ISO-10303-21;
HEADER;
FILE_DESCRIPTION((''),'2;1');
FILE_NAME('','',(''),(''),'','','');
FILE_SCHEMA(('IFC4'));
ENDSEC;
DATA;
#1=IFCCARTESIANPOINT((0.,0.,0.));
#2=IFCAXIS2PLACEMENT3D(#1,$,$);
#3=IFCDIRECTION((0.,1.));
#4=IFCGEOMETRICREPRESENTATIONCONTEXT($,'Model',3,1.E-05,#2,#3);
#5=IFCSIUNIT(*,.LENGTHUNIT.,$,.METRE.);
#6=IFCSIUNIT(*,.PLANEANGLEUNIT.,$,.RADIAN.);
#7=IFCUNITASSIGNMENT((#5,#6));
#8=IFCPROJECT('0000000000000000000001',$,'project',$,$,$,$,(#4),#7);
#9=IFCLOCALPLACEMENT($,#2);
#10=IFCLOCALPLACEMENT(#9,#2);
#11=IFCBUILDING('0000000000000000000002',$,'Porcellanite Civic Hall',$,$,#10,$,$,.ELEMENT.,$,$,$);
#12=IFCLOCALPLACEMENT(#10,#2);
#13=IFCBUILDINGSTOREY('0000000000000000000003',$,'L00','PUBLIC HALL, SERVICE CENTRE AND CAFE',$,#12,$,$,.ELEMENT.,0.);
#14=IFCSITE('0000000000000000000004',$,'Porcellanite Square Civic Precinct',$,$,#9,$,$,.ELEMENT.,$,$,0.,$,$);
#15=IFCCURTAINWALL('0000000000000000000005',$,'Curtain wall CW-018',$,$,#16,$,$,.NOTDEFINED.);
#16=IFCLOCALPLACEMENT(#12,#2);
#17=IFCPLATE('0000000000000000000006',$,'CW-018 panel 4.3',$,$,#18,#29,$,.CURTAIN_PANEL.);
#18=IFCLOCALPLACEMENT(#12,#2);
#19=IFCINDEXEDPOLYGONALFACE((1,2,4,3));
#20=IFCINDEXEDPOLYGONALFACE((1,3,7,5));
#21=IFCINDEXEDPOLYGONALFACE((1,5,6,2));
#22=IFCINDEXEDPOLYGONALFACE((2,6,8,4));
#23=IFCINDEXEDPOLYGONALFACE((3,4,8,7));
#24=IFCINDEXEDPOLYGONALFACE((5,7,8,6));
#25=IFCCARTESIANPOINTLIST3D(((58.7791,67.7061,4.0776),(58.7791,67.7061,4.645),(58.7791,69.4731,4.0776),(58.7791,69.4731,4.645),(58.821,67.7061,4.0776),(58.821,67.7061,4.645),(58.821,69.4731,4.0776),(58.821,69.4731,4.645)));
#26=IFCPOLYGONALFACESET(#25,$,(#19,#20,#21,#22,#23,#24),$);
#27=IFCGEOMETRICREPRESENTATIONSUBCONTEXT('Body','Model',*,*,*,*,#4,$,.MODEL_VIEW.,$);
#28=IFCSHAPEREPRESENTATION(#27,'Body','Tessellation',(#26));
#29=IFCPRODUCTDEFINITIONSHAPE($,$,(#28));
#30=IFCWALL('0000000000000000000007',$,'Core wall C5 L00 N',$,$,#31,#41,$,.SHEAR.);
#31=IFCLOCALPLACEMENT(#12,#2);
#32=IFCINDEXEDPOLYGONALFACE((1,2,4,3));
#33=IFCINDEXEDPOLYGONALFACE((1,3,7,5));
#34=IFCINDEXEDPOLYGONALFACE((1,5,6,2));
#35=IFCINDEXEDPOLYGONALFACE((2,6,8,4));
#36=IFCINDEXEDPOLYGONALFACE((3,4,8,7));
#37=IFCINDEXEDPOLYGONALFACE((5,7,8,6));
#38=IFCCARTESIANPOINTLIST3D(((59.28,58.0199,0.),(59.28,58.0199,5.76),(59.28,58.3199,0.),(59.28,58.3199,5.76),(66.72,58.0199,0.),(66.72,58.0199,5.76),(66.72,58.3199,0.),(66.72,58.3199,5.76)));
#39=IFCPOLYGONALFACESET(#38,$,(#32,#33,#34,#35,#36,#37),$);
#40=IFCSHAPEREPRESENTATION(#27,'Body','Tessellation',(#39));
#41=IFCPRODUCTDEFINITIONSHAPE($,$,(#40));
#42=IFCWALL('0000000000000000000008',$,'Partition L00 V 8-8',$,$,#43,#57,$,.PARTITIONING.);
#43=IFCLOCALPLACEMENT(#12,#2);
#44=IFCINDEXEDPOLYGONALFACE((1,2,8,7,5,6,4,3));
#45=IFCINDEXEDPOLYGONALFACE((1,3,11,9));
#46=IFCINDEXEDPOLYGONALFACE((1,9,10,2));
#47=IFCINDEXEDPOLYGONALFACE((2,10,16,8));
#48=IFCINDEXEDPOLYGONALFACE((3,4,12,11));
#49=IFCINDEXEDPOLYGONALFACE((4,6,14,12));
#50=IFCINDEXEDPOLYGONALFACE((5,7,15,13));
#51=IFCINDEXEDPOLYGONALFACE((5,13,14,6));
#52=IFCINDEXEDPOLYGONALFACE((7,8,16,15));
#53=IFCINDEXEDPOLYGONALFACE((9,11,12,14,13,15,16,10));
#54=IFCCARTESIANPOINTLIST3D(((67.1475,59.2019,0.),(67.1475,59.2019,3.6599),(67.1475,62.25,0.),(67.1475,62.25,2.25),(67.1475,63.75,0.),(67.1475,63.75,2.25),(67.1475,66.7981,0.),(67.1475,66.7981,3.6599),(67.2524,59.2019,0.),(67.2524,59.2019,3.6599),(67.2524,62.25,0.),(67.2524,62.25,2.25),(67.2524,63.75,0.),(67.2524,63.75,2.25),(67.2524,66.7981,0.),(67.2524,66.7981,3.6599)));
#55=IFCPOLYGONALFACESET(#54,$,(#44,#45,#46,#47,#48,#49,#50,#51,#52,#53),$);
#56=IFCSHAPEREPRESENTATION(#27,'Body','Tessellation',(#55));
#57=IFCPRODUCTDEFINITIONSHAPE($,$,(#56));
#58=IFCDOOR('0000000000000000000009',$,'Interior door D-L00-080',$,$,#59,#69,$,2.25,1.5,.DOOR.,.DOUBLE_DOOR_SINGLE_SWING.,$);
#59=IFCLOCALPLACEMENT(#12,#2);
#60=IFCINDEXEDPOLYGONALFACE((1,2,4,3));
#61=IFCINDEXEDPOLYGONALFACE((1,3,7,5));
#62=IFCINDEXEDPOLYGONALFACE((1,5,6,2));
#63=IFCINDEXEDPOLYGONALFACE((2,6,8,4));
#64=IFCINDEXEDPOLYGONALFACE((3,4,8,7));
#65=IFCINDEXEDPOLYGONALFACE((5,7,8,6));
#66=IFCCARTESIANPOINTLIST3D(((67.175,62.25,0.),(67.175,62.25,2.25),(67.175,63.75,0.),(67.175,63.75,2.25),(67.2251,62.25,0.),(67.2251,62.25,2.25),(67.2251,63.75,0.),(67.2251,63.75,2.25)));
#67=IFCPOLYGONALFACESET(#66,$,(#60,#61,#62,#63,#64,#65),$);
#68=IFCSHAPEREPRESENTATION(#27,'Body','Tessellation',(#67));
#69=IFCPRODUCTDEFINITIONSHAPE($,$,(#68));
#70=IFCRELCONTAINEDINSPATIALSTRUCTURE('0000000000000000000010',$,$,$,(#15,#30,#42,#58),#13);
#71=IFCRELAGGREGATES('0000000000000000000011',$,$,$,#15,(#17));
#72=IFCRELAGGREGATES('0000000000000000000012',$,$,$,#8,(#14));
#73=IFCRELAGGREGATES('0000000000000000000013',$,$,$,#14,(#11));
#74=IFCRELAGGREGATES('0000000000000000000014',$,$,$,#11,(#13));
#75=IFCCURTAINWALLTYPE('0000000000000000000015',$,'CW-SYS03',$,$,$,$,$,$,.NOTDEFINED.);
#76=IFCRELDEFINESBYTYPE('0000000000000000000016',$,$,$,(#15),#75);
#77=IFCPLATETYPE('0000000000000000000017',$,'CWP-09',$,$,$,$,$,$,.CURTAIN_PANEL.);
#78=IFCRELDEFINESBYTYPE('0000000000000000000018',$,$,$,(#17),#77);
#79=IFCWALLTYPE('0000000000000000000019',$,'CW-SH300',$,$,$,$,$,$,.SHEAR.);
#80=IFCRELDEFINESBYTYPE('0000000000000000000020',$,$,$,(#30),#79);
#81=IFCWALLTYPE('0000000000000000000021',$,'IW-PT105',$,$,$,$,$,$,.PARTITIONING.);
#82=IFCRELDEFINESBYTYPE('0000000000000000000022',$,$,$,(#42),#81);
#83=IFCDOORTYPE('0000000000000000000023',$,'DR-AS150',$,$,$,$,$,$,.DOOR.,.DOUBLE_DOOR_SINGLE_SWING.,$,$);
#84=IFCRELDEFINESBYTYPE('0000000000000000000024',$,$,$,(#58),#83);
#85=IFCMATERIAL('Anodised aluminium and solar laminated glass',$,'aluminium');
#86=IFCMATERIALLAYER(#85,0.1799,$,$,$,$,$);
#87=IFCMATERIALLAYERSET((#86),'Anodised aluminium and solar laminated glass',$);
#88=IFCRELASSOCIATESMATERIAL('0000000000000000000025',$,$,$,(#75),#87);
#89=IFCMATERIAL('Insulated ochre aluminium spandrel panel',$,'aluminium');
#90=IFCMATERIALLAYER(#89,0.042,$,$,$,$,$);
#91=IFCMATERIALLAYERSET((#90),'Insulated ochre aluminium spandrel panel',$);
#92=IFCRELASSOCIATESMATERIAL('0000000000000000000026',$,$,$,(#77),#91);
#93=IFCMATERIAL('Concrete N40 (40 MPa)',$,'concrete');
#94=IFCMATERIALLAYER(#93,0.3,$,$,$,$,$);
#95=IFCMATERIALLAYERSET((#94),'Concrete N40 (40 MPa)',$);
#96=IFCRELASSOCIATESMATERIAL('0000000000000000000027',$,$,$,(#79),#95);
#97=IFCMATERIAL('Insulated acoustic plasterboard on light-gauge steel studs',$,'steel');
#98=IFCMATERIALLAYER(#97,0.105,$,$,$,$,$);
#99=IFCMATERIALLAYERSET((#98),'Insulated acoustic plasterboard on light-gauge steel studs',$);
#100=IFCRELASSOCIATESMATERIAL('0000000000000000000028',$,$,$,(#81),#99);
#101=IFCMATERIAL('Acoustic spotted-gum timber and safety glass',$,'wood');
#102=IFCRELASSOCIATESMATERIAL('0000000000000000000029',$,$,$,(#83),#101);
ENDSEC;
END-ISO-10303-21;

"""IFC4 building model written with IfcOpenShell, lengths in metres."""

from ifc_helpers import new_model, si_unit, direction, frame, frame_2d, origin, origin_2d, place, context, subcontext, project, spatial, rectangle, extrude, material, layer, layer_set, type_object, element, fill, aggregate, save


model = new_model("IFC4")

# Units and contexts
model_context = context("Model", 3, precision=1e-05, world=origin(), true_north=direction((0.0, 1.0)))
body_context = subcontext(model_context, "Body", "Model", "MODEL_VIEW")
ifc_project = project(units=[si_unit("LENGTHUNIT", "METRE"), si_unit("PLANEANGLEUNIT", "RADIAN")], contexts=[model_context])

# Site, building, storey
site_placement = place(None, origin())
site = spatial("IfcSite", under=ifc_project, at=site_placement, Name="Porcellanite Square Civic Precinct", CompositionType="ELEMENT", RefElevation=0.0)
building_placement = place(site_placement, origin())
building = spatial("IfcBuilding", under=site, at=building_placement, Name="Porcellanite Civic Hall", CompositionType="ELEMENT")
storey_placement = place(building_placement, origin())
storey = spatial("IfcBuildingStorey", under=building, at=storey_placement, Name="L00", Description="PUBLIC HALL, SERVICE CENTRE AND CAFE", CompositionType="ELEMENT", Elevation=0.0)

# Curtain wall
ifc_material_1 = material(Name="Anodised aluminium and solar laminated glass", Category="aluminium")
ifc_layer_1 = layer(ifc_material_1, 0.1799)
ifc_layer_set_1 = layer_set([ifc_layer_1], Name="Anodised aluminium and solar laminated glass")
curtain_wall_type = type_object("IfcCurtainWallType", Name="CW-SYS03", PredefinedType="NOTDEFINED", material=ifc_layer_set_1)
curtain_wall_placement = place(storey_placement, origin())
curtain_wall = element("IfcCurtainWall", 1, at=curtain_wall_placement, inside=storey, type_object=curtain_wall_type, Name="Curtain wall CW-018", PredefinedType="NOTDEFINED")

# Plate
ifc_material_2 = material(Name="Insulated ochre aluminium spandrel panel", Category="aluminium")
ifc_layer_2 = layer(ifc_material_2, 0.042)
ifc_layer_set_2 = layer_set([ifc_layer_2], Name="Insulated ochre aluminium spandrel panel")
plate_type = type_object("IfcPlateType", Name="CWP-09", PredefinedType="CURTAIN_PANEL", material=ifc_layer_set_2)
plate_placement = place(storey_placement, frame((58.8, 68.5896, 4.0776), z_axis=(0.0, 0.0, 1.0), x_axis=(0.0, -1.0, 0.0)))
plate = element("IfcPlate", 2, at=plate_placement, type_object=plate_type, Name="CW-018 panel 4.3", PredefinedType="CURTAIN_PANEL", context=body_context, shape_type="SweptSolid", body=[
    extrude(rectangle(XDim=1.7671, YDim=0.042, at=origin_2d()), origin(), (0.0, 0.0, 1.0), 0.5674),
])
aggregate(curtain_wall, [plate])

# Wall
ifc_material_3 = material(Name="Concrete N40 (40 MPa)", Category="concrete")
ifc_layer_3 = layer(ifc_material_3, 0.3)
ifc_layer_set_3 = layer_set([ifc_layer_3], Name="Concrete N40 (40 MPa)")
wall_type_1 = type_object("IfcWallType", Name="CW-SH300", PredefinedType="SHEAR", material=ifc_layer_set_3)
wall_1_placement = place(storey_placement, frame((59.28, 58.1699, 0.0), z_axis=(0.0, 0.0, 1.0), x_axis=(1.0, 0.0, 0.0)))
element("IfcWall", 3, at=wall_1_placement, inside=storey, type_object=wall_type_1, Name="Core wall C5 L00 N", PredefinedType="SHEAR", context=body_context, shape_type="SweptSolid", body=[
    extrude(rectangle(XDim=7.4399, YDim=0.3, at=frame_2d((3.72, 0.0))), origin(), (0.0, 0.0, 1.0), 5.76),
])

# Wall, opening, door
ifc_material_4 = material(Name="Insulated acoustic plasterboard on light-gauge steel studs", Category="steel")
ifc_layer_4 = layer(ifc_material_4, 0.105)
ifc_layer_set_4 = layer_set([ifc_layer_4], Name="Insulated acoustic plasterboard on light-gauge steel studs")
wall_type_2 = type_object("IfcWallType", Name="IW-PT105", PredefinedType="PARTITIONING", material=ifc_layer_set_4)
wall_2_placement = place(storey_placement, frame((67.2, 59.2019, 0.0), z_axis=(0.0, 0.0, 1.0), x_axis=(0.0, 1.0, 0.0)))
wall_2 = element("IfcWall", 4, at=wall_2_placement, inside=storey, type_object=wall_type_2, Name="Partition L00 V 8-8", PredefinedType="PARTITIONING", context=body_context, shape_type="SweptSolid", body=[
    extrude(rectangle(XDim=7.5962, YDim=0.105, at=frame_2d((3.7981, 0.0))), origin(), (0.0, 0.0, 1.0), 3.6599),
])
opening_1_placement = place(wall_2_placement, frame((3.0481, 0.0, 0.0)))
opening_1 = element("IfcOpeningElement", 5, at=opening_1_placement, cuts=wall_2, PredefinedType="OPENING", context=body_context, shape_type="SweptSolid", body=[
    extrude(rectangle(XDim=1.5, YDim=2.25, at=frame_2d((0.75, 1.125))), frame((0.0, 0.0525, 0.0), z_axis=(0.0, -1.0, 0.0), x_axis=(1.0, 0.0, 0.0)), (0.0, 0.0, 1.0), 0.105),
])
ifc_material_5 = material(Name="Acoustic spotted-gum timber and safety glass", Category="wood")
door_type = type_object("IfcDoorType", Name="DR-AS150", OperationType="DOUBLE_DOOR_SINGLE_SWING", PredefinedType="DOOR", material=ifc_material_5)
door_placement = place(opening_1_placement, origin())
door = element("IfcDoor", 6, at=door_placement, inside=storey, type_object=door_type, Name="Interior door D-L00-080", OperationType="DOUBLE_DOOR_SINGLE_SWING", OverallHeight=2.25, OverallWidth=1.5, PredefinedType="DOOR", context=body_context, shape_type="SweptSolid", body=[
    extrude(rectangle(XDim=1.5, YDim=2.25, at=frame_2d((0.75, 1.125))), frame((0.0, 0.0249, 0.0), z_axis=(0.0, -1.0, 0.0), x_axis=(1.0, 0.0, 0.0)), (0.0, 0.0, 1.0), 0.05),
])
fill(opening_1, door)

save(model, "model.ifc")
